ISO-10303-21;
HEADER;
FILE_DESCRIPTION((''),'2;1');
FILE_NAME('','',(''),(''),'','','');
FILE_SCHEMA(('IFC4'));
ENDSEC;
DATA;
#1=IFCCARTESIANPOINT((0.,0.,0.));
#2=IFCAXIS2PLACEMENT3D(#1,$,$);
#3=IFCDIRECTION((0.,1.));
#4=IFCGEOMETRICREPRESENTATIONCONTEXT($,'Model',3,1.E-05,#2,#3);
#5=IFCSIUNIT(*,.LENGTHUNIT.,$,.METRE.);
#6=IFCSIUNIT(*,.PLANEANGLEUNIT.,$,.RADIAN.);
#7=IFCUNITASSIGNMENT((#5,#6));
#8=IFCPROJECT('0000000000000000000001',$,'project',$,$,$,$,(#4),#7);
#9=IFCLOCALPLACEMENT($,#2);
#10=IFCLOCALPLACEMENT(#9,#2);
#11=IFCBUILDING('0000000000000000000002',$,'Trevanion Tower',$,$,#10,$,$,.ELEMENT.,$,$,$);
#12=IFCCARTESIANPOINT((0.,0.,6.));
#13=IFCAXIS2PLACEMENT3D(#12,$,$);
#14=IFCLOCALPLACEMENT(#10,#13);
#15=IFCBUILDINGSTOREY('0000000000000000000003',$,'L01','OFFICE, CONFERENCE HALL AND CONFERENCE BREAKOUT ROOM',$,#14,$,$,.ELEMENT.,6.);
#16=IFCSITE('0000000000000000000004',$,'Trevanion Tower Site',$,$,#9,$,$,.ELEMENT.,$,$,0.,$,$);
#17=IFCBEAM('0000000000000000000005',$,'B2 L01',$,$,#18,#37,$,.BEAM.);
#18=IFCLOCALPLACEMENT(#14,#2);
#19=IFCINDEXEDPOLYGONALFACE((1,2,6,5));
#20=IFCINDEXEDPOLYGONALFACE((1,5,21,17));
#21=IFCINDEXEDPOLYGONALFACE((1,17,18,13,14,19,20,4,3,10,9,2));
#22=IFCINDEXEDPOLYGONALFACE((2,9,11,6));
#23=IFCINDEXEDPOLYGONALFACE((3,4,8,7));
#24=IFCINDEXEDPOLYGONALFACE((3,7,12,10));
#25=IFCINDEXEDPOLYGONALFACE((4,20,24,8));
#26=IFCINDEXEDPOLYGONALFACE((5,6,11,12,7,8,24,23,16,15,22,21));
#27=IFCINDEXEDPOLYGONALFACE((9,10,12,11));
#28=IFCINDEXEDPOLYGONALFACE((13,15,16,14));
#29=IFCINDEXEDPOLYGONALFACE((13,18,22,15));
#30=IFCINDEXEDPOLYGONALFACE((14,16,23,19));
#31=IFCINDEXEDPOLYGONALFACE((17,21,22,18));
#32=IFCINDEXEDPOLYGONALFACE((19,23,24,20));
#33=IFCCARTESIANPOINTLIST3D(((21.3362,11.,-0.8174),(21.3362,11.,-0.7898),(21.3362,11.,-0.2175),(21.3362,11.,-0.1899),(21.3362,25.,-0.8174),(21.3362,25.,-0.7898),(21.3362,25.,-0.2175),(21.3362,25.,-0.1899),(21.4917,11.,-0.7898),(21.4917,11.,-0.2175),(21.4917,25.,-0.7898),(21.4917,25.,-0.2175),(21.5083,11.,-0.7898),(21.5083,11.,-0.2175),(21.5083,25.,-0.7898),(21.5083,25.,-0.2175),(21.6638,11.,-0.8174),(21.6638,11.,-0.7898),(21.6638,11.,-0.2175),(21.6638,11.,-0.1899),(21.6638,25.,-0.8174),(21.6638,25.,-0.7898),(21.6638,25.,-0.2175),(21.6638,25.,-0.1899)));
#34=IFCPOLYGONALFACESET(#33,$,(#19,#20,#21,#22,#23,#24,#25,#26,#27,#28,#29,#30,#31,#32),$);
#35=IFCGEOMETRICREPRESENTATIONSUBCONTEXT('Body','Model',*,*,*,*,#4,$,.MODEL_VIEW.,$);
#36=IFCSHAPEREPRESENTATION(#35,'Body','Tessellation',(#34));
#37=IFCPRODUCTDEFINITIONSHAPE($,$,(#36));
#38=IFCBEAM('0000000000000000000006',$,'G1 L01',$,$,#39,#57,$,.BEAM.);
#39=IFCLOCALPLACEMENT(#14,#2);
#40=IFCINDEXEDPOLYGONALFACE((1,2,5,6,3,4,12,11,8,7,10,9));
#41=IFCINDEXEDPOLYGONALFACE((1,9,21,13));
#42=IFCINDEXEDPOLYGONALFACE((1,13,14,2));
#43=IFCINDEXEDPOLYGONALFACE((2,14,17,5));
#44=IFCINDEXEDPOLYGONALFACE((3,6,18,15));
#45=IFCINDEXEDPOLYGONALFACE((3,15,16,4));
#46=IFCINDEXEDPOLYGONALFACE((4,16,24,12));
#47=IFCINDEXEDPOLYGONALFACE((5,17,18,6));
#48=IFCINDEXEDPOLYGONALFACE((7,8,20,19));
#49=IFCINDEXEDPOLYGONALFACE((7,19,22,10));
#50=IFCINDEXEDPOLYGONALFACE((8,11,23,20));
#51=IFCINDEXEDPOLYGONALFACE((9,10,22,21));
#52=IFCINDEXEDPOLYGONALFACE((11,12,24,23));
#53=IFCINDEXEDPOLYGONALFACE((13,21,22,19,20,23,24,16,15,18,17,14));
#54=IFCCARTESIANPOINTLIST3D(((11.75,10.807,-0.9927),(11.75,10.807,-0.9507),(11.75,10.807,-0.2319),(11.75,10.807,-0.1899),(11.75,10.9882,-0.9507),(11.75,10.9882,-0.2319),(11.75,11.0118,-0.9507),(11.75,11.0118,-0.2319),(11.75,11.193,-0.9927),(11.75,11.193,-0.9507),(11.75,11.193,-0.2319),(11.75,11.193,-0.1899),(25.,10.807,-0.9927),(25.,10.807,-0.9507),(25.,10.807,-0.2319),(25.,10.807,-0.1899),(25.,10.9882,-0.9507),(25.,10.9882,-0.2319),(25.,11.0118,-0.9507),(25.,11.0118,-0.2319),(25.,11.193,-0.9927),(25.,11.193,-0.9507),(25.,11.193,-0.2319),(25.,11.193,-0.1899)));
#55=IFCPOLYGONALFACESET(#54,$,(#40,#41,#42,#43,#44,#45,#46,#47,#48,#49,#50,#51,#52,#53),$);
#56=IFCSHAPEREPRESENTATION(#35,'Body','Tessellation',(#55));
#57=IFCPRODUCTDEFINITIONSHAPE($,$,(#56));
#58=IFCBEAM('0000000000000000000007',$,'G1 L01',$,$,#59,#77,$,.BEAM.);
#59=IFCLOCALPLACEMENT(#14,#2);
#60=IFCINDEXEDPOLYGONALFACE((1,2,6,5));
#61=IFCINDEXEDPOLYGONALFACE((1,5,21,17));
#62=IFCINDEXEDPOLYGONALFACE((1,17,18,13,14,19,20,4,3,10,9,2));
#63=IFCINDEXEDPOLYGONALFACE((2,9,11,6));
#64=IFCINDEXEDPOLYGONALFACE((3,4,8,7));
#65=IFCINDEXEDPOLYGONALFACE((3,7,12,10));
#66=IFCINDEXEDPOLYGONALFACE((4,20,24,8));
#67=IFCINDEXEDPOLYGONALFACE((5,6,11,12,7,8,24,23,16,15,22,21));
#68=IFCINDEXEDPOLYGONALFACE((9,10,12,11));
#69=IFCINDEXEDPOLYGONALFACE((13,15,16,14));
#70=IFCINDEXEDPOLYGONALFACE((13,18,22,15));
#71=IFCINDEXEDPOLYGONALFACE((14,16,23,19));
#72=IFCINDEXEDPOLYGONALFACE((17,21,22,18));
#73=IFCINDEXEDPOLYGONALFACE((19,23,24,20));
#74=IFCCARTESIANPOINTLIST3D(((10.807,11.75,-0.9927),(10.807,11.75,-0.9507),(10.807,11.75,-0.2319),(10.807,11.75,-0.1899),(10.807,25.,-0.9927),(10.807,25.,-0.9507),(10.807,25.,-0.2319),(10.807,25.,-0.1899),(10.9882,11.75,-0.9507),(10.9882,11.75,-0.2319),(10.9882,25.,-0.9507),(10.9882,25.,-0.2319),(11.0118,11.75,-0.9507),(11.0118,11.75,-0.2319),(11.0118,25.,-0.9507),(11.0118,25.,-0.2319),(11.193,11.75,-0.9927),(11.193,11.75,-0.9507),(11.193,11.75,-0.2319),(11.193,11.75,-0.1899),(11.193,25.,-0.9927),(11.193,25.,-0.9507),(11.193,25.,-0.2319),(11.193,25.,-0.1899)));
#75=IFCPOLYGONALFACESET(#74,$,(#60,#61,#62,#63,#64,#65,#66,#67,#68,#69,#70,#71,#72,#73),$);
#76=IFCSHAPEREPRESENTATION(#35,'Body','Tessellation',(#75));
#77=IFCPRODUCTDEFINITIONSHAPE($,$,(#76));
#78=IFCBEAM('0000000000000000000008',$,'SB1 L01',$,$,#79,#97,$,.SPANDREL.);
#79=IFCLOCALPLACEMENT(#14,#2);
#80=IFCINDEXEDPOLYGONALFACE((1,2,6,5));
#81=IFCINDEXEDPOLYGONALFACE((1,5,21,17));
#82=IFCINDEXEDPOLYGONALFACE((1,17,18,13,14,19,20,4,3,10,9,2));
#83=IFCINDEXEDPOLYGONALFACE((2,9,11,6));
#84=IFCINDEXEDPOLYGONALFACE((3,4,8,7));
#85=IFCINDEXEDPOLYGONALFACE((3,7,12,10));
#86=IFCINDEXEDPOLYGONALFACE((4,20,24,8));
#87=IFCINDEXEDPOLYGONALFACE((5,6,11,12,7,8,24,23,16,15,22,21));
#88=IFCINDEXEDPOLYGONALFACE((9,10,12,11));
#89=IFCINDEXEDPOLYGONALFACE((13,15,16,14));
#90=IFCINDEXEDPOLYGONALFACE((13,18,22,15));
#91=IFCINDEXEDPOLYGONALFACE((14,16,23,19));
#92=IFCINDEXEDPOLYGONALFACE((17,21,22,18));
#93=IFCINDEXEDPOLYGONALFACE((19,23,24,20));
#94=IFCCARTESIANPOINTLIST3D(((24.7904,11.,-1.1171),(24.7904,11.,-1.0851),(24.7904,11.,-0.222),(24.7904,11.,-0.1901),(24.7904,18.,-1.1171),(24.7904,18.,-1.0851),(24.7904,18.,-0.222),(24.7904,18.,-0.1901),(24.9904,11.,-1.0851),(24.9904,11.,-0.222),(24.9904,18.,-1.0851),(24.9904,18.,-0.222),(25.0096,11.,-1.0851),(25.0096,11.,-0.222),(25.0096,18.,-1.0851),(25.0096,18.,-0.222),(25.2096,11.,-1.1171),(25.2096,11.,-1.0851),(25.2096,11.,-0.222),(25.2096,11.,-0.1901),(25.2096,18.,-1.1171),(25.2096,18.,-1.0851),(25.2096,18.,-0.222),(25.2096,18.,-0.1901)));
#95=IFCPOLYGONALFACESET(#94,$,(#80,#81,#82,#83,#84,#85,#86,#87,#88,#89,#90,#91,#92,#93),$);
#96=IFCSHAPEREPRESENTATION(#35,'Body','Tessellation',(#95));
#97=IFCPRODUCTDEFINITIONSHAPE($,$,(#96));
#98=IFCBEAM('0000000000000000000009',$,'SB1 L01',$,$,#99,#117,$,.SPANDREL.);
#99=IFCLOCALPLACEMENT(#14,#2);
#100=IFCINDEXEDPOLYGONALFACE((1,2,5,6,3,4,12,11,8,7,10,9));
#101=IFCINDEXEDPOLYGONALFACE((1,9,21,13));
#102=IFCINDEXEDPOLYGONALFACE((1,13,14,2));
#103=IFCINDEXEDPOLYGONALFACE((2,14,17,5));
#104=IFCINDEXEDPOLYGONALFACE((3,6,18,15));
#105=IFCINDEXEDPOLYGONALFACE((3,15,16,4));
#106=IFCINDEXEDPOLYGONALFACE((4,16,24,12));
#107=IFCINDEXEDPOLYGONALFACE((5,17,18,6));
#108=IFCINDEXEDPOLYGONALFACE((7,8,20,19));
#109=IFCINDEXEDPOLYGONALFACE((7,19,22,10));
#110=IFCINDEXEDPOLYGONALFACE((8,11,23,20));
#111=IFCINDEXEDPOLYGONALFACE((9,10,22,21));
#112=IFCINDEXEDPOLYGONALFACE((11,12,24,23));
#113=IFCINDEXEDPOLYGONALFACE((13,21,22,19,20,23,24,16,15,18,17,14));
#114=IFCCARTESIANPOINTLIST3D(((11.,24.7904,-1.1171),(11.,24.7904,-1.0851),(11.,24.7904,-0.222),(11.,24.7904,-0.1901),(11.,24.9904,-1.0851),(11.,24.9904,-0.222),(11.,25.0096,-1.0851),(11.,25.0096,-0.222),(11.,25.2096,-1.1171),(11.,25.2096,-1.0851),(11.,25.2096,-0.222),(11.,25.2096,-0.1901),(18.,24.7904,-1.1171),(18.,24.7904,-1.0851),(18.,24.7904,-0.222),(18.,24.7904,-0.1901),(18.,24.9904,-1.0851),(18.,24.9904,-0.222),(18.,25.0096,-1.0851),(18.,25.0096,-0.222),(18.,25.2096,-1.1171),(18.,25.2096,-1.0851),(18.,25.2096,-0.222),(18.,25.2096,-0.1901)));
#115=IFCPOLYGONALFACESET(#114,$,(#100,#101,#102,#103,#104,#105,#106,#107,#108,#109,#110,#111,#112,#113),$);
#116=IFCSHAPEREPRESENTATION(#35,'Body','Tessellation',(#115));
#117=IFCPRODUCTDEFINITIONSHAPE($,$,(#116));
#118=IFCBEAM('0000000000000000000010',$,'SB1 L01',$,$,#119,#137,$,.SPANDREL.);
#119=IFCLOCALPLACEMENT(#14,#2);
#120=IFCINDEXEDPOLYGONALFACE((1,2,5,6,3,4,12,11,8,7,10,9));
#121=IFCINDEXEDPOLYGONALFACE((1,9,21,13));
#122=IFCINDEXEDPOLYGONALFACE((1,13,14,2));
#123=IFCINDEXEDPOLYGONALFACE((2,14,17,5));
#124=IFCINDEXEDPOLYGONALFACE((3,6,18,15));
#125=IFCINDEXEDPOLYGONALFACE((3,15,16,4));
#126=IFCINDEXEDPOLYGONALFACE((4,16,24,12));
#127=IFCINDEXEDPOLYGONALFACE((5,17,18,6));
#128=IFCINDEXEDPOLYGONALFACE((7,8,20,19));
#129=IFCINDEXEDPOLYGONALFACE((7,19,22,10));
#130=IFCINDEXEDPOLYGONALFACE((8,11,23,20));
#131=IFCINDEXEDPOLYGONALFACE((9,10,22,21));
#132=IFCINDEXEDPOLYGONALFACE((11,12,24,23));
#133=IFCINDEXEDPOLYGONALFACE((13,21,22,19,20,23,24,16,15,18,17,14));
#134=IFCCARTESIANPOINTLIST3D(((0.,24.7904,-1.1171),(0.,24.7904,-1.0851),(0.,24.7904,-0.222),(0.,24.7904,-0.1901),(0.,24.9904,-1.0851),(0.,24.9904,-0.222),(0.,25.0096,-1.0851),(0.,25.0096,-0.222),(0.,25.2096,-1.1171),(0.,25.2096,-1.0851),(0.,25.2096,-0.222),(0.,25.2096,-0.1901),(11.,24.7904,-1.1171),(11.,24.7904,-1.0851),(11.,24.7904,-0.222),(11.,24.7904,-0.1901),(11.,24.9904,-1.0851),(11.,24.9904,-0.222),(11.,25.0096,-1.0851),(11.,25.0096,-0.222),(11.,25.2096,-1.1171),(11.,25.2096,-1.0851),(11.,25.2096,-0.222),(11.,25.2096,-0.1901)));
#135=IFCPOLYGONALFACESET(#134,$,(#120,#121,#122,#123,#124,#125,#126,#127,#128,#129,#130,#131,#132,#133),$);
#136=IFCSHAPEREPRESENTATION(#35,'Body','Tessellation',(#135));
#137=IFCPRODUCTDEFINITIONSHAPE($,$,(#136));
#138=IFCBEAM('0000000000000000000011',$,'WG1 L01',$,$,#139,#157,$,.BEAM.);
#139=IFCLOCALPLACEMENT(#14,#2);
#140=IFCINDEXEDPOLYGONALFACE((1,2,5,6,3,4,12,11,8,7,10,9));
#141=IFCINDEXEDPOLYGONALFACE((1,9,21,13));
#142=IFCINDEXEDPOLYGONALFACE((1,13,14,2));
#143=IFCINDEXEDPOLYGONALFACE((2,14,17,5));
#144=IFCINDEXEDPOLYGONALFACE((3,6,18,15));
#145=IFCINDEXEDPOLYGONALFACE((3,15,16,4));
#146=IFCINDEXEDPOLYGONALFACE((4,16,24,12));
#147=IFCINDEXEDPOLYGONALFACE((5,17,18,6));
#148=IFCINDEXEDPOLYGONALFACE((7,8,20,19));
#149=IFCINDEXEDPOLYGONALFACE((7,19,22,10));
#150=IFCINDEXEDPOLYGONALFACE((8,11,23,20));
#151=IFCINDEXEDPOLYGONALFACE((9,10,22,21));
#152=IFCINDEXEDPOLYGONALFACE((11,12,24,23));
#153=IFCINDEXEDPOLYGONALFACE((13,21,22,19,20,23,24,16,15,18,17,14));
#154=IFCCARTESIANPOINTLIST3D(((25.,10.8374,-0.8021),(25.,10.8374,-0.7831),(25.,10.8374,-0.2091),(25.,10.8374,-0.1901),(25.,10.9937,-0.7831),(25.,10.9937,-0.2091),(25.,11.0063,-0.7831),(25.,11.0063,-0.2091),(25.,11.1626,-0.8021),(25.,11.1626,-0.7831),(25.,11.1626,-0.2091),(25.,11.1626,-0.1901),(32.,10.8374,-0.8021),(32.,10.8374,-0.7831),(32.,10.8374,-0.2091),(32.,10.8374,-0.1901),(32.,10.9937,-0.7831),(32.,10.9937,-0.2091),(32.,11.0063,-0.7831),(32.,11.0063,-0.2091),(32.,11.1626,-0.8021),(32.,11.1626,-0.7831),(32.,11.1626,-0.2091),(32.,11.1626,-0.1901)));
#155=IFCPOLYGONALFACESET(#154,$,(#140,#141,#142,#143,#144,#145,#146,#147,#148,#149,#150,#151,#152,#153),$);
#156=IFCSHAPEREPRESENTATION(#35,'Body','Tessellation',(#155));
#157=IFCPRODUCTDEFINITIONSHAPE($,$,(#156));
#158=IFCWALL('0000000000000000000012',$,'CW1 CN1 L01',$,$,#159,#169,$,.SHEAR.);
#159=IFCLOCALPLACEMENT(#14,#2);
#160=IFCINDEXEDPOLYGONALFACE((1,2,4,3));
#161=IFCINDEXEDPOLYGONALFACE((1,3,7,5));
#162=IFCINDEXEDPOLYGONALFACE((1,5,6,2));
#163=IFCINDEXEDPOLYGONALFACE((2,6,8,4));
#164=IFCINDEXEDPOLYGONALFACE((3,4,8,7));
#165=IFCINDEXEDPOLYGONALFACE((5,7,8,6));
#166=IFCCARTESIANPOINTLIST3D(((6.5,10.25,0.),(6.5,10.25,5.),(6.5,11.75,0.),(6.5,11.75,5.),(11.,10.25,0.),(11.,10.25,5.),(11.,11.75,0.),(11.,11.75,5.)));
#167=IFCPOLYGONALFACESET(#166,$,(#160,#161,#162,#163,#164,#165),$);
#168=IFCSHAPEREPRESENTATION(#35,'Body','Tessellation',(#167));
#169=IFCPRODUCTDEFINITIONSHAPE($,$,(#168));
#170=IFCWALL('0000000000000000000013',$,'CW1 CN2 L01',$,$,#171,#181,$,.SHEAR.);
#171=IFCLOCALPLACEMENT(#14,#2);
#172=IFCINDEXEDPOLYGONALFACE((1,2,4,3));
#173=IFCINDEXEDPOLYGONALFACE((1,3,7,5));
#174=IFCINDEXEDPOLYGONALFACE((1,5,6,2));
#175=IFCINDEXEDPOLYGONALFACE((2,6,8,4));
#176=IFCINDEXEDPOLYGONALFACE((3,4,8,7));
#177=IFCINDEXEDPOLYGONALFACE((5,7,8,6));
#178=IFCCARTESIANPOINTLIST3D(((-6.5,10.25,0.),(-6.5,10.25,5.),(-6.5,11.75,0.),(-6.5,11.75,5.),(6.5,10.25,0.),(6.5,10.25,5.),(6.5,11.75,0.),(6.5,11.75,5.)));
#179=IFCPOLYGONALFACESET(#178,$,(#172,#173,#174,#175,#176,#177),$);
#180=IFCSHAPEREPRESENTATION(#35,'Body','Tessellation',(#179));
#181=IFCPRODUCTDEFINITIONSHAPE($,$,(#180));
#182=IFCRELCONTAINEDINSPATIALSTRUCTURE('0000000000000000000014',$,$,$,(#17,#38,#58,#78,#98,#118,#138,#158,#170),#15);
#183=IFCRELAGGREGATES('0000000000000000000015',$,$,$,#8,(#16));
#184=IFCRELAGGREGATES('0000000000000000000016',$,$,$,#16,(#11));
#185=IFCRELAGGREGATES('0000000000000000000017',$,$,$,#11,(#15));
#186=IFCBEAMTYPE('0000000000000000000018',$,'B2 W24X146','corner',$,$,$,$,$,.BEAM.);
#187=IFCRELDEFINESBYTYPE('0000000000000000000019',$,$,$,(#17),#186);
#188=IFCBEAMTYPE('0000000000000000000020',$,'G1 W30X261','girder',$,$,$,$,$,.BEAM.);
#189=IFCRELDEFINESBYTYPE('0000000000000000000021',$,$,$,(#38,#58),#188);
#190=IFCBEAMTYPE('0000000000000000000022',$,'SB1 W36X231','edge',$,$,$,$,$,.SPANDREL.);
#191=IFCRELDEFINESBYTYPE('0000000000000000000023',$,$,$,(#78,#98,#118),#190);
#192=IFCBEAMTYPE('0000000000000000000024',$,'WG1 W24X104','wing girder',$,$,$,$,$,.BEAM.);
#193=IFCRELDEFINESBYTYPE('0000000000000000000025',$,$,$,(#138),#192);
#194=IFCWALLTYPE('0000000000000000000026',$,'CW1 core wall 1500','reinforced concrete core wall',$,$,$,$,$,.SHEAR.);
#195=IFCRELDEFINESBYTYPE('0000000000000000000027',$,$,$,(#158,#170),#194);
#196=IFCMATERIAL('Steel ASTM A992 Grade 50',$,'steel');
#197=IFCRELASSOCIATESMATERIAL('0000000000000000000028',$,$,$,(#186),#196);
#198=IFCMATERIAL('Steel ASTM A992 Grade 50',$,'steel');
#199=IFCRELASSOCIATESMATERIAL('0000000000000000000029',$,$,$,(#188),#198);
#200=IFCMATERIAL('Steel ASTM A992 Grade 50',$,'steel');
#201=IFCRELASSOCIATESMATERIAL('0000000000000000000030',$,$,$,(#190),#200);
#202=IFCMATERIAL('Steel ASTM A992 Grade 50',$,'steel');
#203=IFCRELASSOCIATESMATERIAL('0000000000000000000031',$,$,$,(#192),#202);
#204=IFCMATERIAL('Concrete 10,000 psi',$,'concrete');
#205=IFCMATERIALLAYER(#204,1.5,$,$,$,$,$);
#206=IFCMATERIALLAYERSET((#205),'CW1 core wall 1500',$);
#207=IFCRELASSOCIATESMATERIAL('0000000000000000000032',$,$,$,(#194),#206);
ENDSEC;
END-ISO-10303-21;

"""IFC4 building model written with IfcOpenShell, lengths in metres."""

from ifc_helpers import new_model, si_unit, direction, frame, frame_2d, origin, origin_2d, place, context, subcontext, project, spatial, rectangle, i_section, extrude, material, layer, layer_set, material_profile, profile_set, type_object, element, save


model = new_model("IFC4")

# Units and contexts
model_context = context("Model", 3, precision=1e-05, world=origin(), true_north=direction((0.0, 1.0)))
body_context = subcontext(model_context, "Body", "Model", "MODEL_VIEW")
ifc_project = project(units=[si_unit("LENGTHUNIT", "METRE"), si_unit("PLANEANGLEUNIT", "RADIAN")], contexts=[model_context])

# Site, building, storey
site_placement = place(None, origin())
site = spatial("IfcSite", under=ifc_project, at=site_placement, Name="Trevanion Tower Site", CompositionType="ELEMENT", RefElevation=0.0)
building_placement = place(site_placement, origin())
building = spatial("IfcBuilding", under=site, at=building_placement, Name="Trevanion Tower", CompositionType="ELEMENT")
storey_placement = place(building_placement, frame((0.0, 0.0, 6.0)))
storey = spatial("IfcBuildingStorey", under=building, at=storey_placement, Name="L01", Description="OFFICE, CONFERENCE HALL AND CONFERENCE BREAKOUT ROOM", CompositionType="ELEMENT", Elevation=6.0)

# Beams
ifc_material_1 = material(Name="Steel ASTM A992 Grade 50", Category="steel")
ifc_material_profile_1 = material_profile(ifc_material_1, i_section(OverallWidth=0.3276, OverallDepth=0.6274, WebThickness=0.0166, FlangeThickness=0.0276, at=origin_2d()), Name="W24X146")
ifc_profile_set_1 = profile_set([ifc_material_profile_1], Name="Steel ASTM A992 Grade 50")
beam_type_1 = type_object("IfcBeamType", Name="B2 W24X146", Description="corner", PredefinedType="BEAM", material=ifc_profile_set_1)
for number, where, z_axis, x_axis, name in (
    (1, (21.5, 11.0, -0.5037), (0.0, 1.0, 0.0), (-1.0, 0.0, 0.0), "B2 L01"),
):
    element("IfcBeam", number, at=place(storey_placement, frame(where, z_axis=z_axis, x_axis=x_axis)), inside=storey, type_object=beam_type_1, Name=name, PredefinedType="BEAM", context=body_context, shape_type="SweptSolid", body=[
        extrude(i_section(OverallWidth=0.3276, OverallDepth=0.6274, WebThickness=0.0166, FlangeThickness=0.0276, at=origin_2d()), origin(), (0.0, 0.0, 1.0), 14.0),
    ])
ifc_material_2 = material(Name="Steel ASTM A992 Grade 50", Category="steel")
ifc_material_profile_2 = material_profile(ifc_material_2, i_section(OverallWidth=0.386, OverallDepth=0.8027, WebThickness=0.0237, FlangeThickness=0.042, at=origin_2d()), Name="W30X261")
ifc_profile_set_2 = profile_set([ifc_material_profile_2], Name="Steel ASTM A992 Grade 50")
beam_type_2 = type_object("IfcBeamType", Name="G1 W30X261", Description="girder", PredefinedType="BEAM", material=ifc_profile_set_2)
for number, where, z_axis, x_axis, name in (
    (2, (11.75, 11.0, -0.5913), (1.0, 0.0, 0.0), (0.0, 1.0, 0.0), "G1 L01"),
    (3, (11.0, 11.75, -0.5913), (0.0, 1.0, 0.0), (-1.0, 0.0, 0.0), "G1 L01"),
):
    element("IfcBeam", number, at=place(storey_placement, frame(where, z_axis=z_axis, x_axis=x_axis)), inside=storey, type_object=beam_type_2, Name=name, PredefinedType="BEAM", context=body_context, shape_type="SweptSolid", body=[
        extrude(i_section(OverallWidth=0.386, OverallDepth=0.8027, WebThickness=0.0237, FlangeThickness=0.042, at=origin_2d()), origin(), (0.0, 0.0, 1.0), 13.25),
    ])
ifc_material_3 = material(Name="Steel ASTM A992 Grade 50", Category="steel")
ifc_material_profile_3 = material_profile(ifc_material_3, i_section(OverallWidth=0.4192, OverallDepth=0.927, WebThickness=0.0193, FlangeThickness=0.032, at=origin_2d()), Name="W36X231")
ifc_profile_set_3 = profile_set([ifc_material_profile_3], Name="Steel ASTM A992 Grade 50")
beam_type_3 = type_object("IfcBeamType", Name="SB1 W36X231", Description="edge", PredefinedType="SPANDREL", material=ifc_profile_set_3)
for number, where, z_axis, x_axis, name in (
    (4, (25.0, 11.0, -0.6536), (0.0, 1.0, 0.0), (-1.0, 0.0, 0.0), "SB1 L01"),
    (5, (18.0, 25.0, -0.6536), (-1.0, 0.0, 0.0), (0.0, -1.0, 0.0), "SB1 L01"),
):
    element("IfcBeam", number, at=place(storey_placement, frame(where, z_axis=z_axis, x_axis=x_axis)), inside=storey, type_object=beam_type_3, Name=name, PredefinedType="SPANDREL", context=body_context, shape_type="SweptSolid", body=[
        extrude(i_section(OverallWidth=0.4192, OverallDepth=0.927, WebThickness=0.0193, FlangeThickness=0.032, at=origin_2d()), origin(), (0.0, 0.0, 1.0), 7.0),
    ])
beam_1_placement = place(storey_placement, frame((11.0, 25.0, -0.6536), z_axis=(-1.0, 0.0, 0.0), x_axis=(0.0, -1.0, 0.0)))
element("IfcBeam", 6, at=beam_1_placement, inside=storey, type_object=beam_type_3, Name="SB1 L01", PredefinedType="SPANDREL", context=body_context, shape_type="SweptSolid", body=[
    extrude(i_section(OverallWidth=0.4192, OverallDepth=0.927, WebThickness=0.0193, FlangeThickness=0.032, at=origin_2d()), origin(), (0.0, 0.0, 1.0), 11.0),
])
ifc_material_4 = material(Name="Steel ASTM A992 Grade 50", Category="steel")
ifc_material_profile_4 = material_profile(ifc_material_4, i_section(OverallWidth=0.3252, OverallDepth=0.6121, WebThickness=0.0127, FlangeThickness=0.019, at=origin_2d()), Name="W24X104")
ifc_profile_set_4 = profile_set([ifc_material_profile_4], Name="Steel ASTM A992 Grade 50")
beam_type_4 = type_object("IfcBeamType", Name="WG1 W24X104", Description="wing girder", PredefinedType="BEAM", material=ifc_profile_set_4)
beam_2_placement = place(storey_placement, frame((25.0, 11.0, -0.4961), z_axis=(1.0, 0.0, 0.0), x_axis=(0.0, 1.0, 0.0)))
element("IfcBeam", 7, at=beam_2_placement, inside=storey, type_object=beam_type_4, Name="WG1 L01", PredefinedType="BEAM", context=body_context, shape_type="SweptSolid", body=[
    extrude(i_section(OverallWidth=0.3252, OverallDepth=0.6121, WebThickness=0.0127, FlangeThickness=0.019, at=origin_2d()), origin(), (0.0, 0.0, 1.0), 7.0),
])

# Walls
ifc_material_5 = material(Name="Concrete 10,000 psi", Category="concrete")
ifc_layer_1 = layer(ifc_material_5, 1.5)
ifc_layer_set_1 = layer_set([ifc_layer_1], Name="CW1 core wall 1500")
wall_type_1 = type_object("IfcWallType", Name="CW1 core wall 1500", Description="reinforced concrete core wall", PredefinedType="SHEAR", material=ifc_layer_set_1)
wall_1_placement = place(storey_placement, frame((11.0, 11.0, 0.0), z_axis=(0.0, 0.0, 1.0), x_axis=(-1.0, 0.0, 0.0)))
element("IfcWall", 8, at=wall_1_placement, inside=storey, type_object=wall_type_1, Name="CW1 CN1 L01", PredefinedType="SHEAR", context=body_context, shape_type="SweptSolid", body=[
    extrude(rectangle(XDim=4.5, YDim=1.5, at=frame_2d((2.25, 0.0))), origin(), (0.0, 0.0, 1.0), 5.0),
])
wall_2_placement = place(storey_placement, frame((6.5, 11.0, 0.0), z_axis=(0.0, 0.0, 1.0), x_axis=(-1.0, 0.0, 0.0)))
element("IfcWall", 9, at=wall_2_placement, inside=storey, type_object=wall_type_1, Name="CW1 CN2 L01", PredefinedType="SHEAR", context=body_context, shape_type="SweptSolid", body=[
    extrude(rectangle(XDim=13.0, YDim=1.5, at=frame_2d((6.5, 0.0))), origin(), (0.0, 0.0, 1.0), 5.0),
])

save(model, "model.ifc")
